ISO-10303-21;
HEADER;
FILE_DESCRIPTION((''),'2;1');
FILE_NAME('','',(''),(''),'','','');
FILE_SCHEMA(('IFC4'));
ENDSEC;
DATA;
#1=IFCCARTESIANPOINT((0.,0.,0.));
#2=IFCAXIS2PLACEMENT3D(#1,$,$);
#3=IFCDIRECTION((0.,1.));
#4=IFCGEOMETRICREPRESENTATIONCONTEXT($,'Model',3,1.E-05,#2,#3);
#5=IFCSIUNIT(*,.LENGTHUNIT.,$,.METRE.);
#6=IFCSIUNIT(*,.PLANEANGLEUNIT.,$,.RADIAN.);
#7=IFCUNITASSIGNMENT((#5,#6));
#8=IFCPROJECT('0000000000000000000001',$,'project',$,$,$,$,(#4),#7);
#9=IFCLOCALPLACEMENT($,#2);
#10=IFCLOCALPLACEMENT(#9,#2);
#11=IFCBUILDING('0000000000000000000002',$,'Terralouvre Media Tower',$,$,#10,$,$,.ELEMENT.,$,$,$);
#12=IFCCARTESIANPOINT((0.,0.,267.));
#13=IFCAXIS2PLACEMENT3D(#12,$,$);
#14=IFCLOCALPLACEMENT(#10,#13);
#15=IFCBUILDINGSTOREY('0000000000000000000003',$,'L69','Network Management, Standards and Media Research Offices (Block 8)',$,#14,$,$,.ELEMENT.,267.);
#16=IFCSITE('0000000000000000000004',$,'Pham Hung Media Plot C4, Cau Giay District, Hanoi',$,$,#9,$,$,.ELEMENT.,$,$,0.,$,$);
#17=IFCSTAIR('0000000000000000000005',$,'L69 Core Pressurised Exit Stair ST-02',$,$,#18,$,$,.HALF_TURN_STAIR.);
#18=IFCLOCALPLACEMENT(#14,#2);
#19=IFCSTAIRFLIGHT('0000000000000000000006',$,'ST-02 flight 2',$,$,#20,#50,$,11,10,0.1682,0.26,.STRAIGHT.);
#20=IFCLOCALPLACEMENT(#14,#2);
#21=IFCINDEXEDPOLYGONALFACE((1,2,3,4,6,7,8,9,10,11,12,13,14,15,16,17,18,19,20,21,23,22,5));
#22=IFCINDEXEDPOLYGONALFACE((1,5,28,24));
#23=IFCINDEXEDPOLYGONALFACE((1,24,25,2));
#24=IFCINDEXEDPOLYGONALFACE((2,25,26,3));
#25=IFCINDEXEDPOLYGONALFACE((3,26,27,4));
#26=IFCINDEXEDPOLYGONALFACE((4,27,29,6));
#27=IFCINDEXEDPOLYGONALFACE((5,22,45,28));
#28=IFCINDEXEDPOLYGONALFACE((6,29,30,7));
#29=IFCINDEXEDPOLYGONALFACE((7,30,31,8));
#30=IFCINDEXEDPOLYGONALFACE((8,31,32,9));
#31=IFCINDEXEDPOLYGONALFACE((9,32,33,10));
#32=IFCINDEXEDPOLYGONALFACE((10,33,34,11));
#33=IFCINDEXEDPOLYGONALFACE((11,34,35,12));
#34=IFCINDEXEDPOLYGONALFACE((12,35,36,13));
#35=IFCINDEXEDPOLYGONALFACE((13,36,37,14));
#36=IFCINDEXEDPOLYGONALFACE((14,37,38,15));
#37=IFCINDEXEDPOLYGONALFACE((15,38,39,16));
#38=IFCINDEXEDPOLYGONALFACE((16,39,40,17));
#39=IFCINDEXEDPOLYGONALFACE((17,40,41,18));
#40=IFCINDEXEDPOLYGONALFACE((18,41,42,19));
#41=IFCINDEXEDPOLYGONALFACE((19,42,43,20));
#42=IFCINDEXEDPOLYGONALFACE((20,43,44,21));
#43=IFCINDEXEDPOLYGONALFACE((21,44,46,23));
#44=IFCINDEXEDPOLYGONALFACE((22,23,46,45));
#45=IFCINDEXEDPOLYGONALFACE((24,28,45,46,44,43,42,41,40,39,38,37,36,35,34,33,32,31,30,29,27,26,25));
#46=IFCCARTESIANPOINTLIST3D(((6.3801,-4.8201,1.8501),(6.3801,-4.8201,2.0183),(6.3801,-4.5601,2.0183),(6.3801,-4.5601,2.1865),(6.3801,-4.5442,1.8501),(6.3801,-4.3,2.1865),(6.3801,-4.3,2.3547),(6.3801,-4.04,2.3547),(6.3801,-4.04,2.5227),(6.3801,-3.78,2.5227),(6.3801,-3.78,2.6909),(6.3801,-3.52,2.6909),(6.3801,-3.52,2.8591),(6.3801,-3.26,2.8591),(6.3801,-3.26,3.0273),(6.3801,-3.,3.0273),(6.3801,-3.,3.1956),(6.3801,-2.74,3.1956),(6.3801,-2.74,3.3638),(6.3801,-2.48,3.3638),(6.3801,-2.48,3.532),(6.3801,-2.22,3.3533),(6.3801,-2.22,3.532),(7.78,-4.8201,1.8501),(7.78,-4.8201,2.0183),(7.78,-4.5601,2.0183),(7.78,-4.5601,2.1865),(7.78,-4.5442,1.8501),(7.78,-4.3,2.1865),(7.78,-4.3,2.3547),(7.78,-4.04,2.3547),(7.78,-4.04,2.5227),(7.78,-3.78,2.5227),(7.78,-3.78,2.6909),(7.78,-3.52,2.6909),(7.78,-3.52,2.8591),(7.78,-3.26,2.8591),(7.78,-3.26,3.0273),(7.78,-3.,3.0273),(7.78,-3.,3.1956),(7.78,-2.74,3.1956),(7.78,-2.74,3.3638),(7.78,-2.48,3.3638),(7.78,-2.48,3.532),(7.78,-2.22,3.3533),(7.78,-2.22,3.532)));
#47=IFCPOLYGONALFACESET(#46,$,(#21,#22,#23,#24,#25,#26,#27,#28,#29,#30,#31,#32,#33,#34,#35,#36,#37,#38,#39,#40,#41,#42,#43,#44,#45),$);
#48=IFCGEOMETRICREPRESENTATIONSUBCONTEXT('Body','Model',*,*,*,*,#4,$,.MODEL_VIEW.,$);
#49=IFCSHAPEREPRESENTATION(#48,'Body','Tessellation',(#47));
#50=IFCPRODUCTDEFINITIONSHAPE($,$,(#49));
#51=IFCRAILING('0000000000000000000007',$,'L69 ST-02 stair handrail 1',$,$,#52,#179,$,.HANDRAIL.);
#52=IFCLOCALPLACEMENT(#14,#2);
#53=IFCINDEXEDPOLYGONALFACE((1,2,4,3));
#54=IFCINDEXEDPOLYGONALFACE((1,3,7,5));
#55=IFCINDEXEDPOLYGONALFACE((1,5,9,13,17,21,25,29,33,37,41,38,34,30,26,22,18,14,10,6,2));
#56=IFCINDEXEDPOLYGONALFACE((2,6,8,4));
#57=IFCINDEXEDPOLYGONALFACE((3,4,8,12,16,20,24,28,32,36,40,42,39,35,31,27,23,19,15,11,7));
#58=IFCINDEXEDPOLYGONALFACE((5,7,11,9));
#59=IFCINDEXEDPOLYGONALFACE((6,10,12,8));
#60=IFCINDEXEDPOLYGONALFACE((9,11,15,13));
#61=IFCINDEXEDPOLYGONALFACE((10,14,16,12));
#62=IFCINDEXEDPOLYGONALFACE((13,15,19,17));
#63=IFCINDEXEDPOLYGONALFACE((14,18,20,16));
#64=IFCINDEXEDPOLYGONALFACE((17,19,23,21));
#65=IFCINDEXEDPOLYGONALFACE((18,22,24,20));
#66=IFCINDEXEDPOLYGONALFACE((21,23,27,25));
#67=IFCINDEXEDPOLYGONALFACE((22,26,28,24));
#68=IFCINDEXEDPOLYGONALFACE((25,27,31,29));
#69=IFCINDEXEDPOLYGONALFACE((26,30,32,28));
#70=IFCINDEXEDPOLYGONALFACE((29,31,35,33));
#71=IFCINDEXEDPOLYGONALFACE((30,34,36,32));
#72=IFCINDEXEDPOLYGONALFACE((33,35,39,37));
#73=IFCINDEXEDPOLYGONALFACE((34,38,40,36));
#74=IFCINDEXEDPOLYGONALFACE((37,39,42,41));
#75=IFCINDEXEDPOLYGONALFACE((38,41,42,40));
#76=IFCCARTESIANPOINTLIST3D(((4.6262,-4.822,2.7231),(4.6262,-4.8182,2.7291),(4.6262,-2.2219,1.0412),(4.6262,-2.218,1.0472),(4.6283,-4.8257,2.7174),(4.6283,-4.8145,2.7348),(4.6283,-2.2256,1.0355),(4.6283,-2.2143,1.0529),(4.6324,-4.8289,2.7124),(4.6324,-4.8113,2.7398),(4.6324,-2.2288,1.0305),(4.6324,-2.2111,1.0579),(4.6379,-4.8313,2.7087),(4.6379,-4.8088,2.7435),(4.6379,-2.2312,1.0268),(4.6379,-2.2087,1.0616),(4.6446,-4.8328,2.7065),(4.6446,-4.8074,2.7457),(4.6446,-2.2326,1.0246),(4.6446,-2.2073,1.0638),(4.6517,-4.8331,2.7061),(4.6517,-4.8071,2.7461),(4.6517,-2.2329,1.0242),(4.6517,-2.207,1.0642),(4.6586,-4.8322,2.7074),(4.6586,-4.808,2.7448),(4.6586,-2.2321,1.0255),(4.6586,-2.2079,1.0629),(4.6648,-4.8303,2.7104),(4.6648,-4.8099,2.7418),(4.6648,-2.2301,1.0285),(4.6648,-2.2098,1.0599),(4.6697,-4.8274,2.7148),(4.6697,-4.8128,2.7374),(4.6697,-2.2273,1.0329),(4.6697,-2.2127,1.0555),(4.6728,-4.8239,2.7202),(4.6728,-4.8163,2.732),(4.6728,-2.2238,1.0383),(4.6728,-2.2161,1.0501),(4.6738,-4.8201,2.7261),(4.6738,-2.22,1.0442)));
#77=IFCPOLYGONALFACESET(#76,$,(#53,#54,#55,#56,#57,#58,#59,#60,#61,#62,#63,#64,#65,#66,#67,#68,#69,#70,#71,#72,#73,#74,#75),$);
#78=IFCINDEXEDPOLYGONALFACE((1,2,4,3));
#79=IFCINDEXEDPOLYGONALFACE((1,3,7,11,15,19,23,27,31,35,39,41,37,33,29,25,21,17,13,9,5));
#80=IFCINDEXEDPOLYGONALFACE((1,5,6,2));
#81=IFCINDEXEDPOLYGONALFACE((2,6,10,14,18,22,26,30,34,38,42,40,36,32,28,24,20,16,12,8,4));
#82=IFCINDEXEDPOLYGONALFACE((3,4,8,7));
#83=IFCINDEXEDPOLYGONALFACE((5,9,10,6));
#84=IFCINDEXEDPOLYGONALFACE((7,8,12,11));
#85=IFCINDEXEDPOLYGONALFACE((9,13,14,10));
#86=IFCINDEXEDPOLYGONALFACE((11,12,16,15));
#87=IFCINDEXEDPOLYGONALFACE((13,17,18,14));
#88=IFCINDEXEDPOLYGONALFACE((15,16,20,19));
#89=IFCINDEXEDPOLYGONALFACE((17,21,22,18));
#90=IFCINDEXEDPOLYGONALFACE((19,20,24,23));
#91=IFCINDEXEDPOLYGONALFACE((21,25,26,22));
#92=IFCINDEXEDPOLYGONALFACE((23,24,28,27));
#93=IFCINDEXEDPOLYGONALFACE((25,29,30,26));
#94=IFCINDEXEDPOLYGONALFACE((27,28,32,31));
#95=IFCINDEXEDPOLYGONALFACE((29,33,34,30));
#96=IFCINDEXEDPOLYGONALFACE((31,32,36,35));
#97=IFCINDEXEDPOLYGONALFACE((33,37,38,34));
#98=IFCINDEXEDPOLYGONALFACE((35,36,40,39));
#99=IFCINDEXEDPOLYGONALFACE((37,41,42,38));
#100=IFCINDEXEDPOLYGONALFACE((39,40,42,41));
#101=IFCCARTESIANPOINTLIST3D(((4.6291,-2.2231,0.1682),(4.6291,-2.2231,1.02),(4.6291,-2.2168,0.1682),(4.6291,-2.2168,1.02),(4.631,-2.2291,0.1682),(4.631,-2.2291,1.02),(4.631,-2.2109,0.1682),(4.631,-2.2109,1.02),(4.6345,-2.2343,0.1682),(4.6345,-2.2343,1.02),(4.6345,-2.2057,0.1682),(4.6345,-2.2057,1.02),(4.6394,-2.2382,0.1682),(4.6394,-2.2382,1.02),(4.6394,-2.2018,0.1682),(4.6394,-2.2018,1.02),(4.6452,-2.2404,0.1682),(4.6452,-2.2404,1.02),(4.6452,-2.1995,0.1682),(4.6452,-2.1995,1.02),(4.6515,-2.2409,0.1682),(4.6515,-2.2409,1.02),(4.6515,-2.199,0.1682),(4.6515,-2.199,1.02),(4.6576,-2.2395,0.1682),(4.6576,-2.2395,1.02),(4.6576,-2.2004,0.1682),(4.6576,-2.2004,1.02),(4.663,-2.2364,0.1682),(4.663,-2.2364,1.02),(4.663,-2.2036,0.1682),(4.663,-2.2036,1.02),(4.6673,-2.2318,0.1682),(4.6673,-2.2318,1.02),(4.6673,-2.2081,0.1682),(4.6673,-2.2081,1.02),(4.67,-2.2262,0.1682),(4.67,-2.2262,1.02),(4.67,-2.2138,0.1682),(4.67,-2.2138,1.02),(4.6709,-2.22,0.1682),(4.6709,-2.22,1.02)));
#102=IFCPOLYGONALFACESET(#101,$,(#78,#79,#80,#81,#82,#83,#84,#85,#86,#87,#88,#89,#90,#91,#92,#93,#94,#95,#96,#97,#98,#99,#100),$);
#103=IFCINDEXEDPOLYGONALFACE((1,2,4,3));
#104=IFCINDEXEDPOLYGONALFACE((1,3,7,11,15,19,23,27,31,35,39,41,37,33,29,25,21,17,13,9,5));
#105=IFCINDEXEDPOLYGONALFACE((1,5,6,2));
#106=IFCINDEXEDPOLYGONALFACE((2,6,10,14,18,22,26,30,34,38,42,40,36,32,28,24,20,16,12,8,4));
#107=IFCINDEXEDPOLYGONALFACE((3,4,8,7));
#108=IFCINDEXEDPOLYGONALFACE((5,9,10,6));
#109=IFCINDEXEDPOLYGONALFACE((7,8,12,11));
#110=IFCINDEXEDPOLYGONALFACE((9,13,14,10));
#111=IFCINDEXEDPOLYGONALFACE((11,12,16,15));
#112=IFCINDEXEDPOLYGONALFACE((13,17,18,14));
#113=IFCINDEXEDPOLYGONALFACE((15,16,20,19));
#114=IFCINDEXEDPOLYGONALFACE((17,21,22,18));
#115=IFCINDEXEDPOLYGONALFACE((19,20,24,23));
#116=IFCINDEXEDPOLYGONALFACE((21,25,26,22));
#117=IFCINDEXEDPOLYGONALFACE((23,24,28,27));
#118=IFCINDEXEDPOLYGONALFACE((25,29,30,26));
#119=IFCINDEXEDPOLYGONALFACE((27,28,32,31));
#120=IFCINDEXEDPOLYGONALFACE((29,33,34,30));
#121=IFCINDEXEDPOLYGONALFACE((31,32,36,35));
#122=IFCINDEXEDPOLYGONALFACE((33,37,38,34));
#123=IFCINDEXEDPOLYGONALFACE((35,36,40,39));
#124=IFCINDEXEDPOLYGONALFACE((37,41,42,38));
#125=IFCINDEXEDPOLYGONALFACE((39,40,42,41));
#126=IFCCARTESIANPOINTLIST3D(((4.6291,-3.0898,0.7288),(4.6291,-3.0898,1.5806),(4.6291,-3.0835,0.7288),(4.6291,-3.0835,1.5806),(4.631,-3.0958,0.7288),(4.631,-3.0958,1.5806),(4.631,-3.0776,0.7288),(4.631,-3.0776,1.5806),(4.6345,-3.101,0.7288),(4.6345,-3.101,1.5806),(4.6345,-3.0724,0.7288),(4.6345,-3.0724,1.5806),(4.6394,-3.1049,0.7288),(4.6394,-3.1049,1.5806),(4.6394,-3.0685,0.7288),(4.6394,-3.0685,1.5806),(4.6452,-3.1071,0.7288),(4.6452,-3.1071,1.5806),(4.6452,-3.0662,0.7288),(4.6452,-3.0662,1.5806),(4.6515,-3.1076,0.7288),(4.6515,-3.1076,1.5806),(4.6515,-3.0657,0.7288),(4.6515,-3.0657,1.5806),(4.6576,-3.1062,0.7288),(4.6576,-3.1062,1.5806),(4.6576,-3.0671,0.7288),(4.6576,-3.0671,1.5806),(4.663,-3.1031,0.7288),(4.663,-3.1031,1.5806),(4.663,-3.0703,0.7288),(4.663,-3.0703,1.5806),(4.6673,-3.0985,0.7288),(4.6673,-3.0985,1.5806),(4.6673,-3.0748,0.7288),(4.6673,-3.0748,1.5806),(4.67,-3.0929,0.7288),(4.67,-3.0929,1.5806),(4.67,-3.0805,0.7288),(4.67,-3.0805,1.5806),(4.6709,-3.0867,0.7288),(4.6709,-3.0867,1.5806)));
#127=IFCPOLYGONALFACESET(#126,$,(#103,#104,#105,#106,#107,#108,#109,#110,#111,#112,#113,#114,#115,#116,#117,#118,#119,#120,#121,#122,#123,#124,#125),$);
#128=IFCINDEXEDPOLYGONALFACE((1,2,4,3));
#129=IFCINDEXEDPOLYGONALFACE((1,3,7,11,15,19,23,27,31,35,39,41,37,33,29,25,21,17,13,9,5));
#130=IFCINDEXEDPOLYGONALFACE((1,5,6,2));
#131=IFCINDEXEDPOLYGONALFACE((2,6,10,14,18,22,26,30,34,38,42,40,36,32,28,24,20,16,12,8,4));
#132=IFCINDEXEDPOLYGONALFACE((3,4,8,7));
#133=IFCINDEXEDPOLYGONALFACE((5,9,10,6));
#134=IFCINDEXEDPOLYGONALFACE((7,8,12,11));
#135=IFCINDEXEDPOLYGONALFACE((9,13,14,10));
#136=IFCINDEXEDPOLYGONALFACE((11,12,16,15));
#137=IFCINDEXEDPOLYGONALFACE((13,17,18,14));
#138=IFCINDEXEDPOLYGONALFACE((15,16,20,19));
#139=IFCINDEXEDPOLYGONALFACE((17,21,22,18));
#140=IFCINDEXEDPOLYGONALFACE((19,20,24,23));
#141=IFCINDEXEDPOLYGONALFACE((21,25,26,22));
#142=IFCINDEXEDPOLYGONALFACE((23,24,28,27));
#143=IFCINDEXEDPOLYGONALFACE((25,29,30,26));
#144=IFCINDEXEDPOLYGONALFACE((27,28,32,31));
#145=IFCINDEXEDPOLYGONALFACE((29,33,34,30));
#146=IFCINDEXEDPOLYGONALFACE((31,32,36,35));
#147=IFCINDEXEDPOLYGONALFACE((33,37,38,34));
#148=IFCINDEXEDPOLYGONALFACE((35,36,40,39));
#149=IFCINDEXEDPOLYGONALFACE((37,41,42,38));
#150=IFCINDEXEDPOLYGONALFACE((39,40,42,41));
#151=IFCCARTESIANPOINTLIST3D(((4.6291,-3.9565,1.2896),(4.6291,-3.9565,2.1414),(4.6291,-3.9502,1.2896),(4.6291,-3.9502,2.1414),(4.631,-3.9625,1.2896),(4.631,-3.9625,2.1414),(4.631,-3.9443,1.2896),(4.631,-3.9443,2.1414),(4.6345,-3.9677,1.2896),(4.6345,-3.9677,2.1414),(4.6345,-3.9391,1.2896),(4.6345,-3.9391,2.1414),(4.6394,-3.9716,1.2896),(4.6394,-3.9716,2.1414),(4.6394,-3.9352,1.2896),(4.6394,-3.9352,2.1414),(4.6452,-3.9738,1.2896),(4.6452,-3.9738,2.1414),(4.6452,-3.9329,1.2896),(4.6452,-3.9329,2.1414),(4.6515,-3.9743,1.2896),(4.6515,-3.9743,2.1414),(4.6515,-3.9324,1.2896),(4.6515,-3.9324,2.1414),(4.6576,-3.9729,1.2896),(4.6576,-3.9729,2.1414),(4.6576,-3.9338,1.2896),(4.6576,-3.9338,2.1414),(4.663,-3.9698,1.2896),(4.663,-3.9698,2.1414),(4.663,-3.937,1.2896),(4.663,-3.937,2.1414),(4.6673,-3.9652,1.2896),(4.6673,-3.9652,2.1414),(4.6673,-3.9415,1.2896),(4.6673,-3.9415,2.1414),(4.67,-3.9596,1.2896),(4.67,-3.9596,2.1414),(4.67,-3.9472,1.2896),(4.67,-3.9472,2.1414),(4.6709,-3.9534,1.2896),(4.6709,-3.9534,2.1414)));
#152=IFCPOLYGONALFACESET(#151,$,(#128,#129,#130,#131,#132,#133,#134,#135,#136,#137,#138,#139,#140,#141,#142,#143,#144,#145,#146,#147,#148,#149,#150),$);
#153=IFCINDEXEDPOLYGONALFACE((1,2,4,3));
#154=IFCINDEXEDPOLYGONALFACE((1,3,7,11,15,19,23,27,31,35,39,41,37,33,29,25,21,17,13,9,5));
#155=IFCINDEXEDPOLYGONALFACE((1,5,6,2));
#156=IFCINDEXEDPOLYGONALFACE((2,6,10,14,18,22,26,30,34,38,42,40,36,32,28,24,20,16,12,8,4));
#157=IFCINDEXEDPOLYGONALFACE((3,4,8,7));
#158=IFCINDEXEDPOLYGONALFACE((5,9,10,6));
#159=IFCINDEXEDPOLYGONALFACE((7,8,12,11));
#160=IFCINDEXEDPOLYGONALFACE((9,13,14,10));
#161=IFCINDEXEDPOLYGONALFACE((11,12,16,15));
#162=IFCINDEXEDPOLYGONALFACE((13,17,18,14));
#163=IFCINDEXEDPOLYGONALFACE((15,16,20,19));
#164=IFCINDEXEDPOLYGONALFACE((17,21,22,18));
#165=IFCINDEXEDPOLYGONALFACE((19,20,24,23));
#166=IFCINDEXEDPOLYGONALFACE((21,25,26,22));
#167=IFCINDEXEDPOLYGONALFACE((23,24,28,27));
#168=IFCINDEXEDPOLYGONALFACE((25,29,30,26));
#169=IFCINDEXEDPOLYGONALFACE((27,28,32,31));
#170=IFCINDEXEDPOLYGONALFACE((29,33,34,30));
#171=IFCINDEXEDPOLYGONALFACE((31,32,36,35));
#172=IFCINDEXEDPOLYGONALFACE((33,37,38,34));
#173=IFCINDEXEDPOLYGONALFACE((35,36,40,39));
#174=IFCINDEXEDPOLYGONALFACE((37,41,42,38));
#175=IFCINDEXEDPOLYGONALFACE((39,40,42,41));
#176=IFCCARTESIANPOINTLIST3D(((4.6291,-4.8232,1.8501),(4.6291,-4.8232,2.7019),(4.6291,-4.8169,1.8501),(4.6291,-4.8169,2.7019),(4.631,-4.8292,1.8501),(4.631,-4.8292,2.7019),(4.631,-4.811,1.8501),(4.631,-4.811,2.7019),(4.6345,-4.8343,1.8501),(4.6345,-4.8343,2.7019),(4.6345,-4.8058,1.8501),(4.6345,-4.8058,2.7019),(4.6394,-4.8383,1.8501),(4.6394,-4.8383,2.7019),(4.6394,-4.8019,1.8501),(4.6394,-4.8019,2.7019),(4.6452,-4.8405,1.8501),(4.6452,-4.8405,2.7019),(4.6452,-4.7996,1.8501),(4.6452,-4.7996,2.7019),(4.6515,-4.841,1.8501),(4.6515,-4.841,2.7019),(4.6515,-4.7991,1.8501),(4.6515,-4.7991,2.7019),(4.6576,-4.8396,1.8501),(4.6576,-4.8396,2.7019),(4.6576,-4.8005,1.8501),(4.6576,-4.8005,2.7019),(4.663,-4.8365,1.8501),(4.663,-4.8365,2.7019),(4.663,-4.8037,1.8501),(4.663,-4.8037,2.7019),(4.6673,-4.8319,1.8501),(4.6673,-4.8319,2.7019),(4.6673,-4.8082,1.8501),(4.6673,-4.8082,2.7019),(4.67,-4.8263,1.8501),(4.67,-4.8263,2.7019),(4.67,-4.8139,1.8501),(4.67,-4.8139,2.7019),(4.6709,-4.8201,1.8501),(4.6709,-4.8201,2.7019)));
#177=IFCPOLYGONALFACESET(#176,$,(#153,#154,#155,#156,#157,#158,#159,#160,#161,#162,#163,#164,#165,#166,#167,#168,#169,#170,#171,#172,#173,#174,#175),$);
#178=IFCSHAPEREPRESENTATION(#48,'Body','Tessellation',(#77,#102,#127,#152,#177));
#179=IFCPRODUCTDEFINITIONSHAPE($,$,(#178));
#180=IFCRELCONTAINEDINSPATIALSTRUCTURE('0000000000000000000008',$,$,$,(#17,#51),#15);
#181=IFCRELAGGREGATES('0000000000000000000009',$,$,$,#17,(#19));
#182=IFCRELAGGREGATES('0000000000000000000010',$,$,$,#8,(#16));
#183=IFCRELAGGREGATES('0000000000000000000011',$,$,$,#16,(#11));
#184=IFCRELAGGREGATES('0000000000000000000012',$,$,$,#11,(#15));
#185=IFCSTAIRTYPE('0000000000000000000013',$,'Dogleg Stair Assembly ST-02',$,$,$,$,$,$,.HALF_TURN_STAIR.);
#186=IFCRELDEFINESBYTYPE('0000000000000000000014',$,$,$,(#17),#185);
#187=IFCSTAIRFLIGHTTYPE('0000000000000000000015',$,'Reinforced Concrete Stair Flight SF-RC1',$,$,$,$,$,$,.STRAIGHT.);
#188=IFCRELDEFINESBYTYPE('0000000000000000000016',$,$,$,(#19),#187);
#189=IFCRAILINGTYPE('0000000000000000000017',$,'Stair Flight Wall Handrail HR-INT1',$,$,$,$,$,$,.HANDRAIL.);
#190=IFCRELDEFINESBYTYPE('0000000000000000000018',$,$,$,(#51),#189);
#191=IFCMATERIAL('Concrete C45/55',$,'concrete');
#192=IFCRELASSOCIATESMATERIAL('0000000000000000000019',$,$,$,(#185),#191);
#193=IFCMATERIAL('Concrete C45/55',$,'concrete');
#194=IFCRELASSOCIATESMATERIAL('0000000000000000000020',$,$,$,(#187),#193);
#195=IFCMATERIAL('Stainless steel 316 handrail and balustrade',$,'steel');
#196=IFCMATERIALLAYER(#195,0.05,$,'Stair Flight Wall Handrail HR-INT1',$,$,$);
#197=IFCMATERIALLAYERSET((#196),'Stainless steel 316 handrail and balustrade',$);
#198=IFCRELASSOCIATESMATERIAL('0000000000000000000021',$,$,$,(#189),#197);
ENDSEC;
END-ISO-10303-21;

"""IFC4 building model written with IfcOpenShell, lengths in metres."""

from ifc_helpers import new_model, si_unit, direction, frame, origin, origin_2d, place, context, subcontext, project, spatial, polyline, circle, outline, extrude, material, layer, layer_set, type_object, element, aggregate, save


model = new_model("IFC4")

# Units and contexts
model_context = context("Model", 3, precision=1e-05, world=origin(), true_north=direction((0.0, 1.0)))
body_context = subcontext(model_context, "Body", "Model", "MODEL_VIEW")
ifc_project = project(units=[si_unit("LENGTHUNIT", "METRE"), si_unit("PLANEANGLEUNIT", "RADIAN")], contexts=[model_context])

# Site, building, storey
site_placement = place(None, origin())
site = spatial("IfcSite", under=ifc_project, at=site_placement, Name="Pham Hung Media Plot C4, Cau Giay District, Hanoi", CompositionType="ELEMENT", RefElevation=0.0)
building_placement = place(site_placement, origin())
building = spatial("IfcBuilding", under=site, at=building_placement, Name="Terralouvre Media Tower", CompositionType="ELEMENT")
storey_placement = place(building_placement, frame((0.0, 0.0, 267.0)))
storey = spatial("IfcBuildingStorey", under=building, at=storey_placement, Name="L69", Description="Network Management, Standards and Media Research Offices (Block 8)", CompositionType="ELEMENT", Elevation=267.0)

# Stair, stair flight
ifc_material_1 = material(Name="Concrete C45/55", Category="concrete")
stair_type = type_object("IfcStairType", Name="Dogleg Stair Assembly ST-02", PredefinedType="HALF_TURN_STAIR", material=ifc_material_1)
stair_placement = place(storey_placement, origin())
stair = element("IfcStair", 1, at=stair_placement, inside=storey, type_object=stair_type, Name="L69 Core Pressurised Exit Stair ST-02", PredefinedType="HALF_TURN_STAIR")
ifc_material_2 = material(Name="Concrete C45/55", Category="concrete")
stair_flight_type = type_object("IfcStairFlightType", Name="Reinforced Concrete Stair Flight SF-RC1", PredefinedType="STRAIGHT", material=ifc_material_2)
stair_flight_1_placement = place(storey_placement, frame((7.0801, -4.8201, 1.8501), z_axis=(0.0, 0.0, 1.0), x_axis=(0.0, 1.0, 0.0)))
stair_flight_1 = element("IfcStairFlight", 2, at=stair_flight_1_placement, type_object=stair_flight_type, Name="ST-02 flight 2", NumberOfRisers=11, NumberOfTreads=10, PredefinedType="STRAIGHT", RiserHeight=0.1682, TreadLength=0.26, context=body_context, shape_type="SweptSolid", body=[
    extrude(outline(polyline([(0.0, 0.0), (0.0, 0.1682), (0.26, 0.1682), (0.26, 0.3364), (0.52, 0.3364), (0.52, 0.5046), (0.78, 0.5046), (0.78, 0.6726), (1.04, 0.6726), (1.04, 0.8408), (1.3, 0.8408), (1.3, 1.009), (1.5601, 1.009), (1.5601, 1.1772), (1.8201, 1.1772), (1.8201, 1.3455), (2.0801, 1.3455), (2.0801, 1.5137), (2.3401, 1.5137), (2.3401, 1.6819), (2.6001, 1.6819), (2.6001, 1.8501), (2.6001, 1.5032), (0.2759, 0.0), (0.0, 0.0)])), frame((0.0, 0.7, 0.0), z_axis=(0.0, -1.0, 0.0), x_axis=(1.0, 0.0, 0.0)), (0.0, 0.0, 1.0), 1.3999),
])
aggregate(stair, [stair_flight_1])

# Railing
ifc_material_3 = material(Name="Stainless steel 316 handrail and balustrade", Category="steel")
ifc_layer_1 = layer(ifc_material_3, 0.05, Name="Stair Flight Wall Handrail HR-INT1")
ifc_layer_set_1 = layer_set([ifc_layer_1], Name="Stainless steel 316 handrail and balustrade")
railing_type_1 = type_object("IfcRailingType", Name="Stair Flight Wall Handrail HR-INT1", PredefinedType="HANDRAIL", material=ifc_layer_set_1)
railing_1_placement = place(storey_placement, frame((4.6499, -2.22, 0.1682)))
element("IfcRailing", 3, at=railing_1_placement, inside=storey, type_object=railing_type_1, Name="L69 ST-02 stair handrail 1", PredefinedType="HANDRAIL", context=body_context, shape_type="SweptSolid", body=[
    extrude(circle(Radius=0.0239, at=origin_2d()), frame((0.0, 0.0, 0.876), z_axis=(0.0, -0.839648, 0.54313), x_axis=(1.0, 0.0, 0.0)), (0.0, 0.0, 1.0), 3.0967),
    extrude(circle(Radius=0.021, at=origin_2d()), origin(), (0.0, 0.0, 1.0), 0.8518),
    extrude(circle(Radius=0.021, at=origin_2d()), frame((0.0, -0.8667, 0.5605)), (0.0, 0.0, 1.0), 0.8518),
    extrude(circle(Radius=0.021, at=origin_2d()), frame((0.0, -1.7334, 1.1213)), (0.0, 0.0, 1.0), 0.8518),
    extrude(circle(Radius=0.021, at=origin_2d()), frame((0.0, -2.6001, 1.6819)), (0.0, 0.0, 1.0), 0.8518),
])

save(model, "model.ifc")
